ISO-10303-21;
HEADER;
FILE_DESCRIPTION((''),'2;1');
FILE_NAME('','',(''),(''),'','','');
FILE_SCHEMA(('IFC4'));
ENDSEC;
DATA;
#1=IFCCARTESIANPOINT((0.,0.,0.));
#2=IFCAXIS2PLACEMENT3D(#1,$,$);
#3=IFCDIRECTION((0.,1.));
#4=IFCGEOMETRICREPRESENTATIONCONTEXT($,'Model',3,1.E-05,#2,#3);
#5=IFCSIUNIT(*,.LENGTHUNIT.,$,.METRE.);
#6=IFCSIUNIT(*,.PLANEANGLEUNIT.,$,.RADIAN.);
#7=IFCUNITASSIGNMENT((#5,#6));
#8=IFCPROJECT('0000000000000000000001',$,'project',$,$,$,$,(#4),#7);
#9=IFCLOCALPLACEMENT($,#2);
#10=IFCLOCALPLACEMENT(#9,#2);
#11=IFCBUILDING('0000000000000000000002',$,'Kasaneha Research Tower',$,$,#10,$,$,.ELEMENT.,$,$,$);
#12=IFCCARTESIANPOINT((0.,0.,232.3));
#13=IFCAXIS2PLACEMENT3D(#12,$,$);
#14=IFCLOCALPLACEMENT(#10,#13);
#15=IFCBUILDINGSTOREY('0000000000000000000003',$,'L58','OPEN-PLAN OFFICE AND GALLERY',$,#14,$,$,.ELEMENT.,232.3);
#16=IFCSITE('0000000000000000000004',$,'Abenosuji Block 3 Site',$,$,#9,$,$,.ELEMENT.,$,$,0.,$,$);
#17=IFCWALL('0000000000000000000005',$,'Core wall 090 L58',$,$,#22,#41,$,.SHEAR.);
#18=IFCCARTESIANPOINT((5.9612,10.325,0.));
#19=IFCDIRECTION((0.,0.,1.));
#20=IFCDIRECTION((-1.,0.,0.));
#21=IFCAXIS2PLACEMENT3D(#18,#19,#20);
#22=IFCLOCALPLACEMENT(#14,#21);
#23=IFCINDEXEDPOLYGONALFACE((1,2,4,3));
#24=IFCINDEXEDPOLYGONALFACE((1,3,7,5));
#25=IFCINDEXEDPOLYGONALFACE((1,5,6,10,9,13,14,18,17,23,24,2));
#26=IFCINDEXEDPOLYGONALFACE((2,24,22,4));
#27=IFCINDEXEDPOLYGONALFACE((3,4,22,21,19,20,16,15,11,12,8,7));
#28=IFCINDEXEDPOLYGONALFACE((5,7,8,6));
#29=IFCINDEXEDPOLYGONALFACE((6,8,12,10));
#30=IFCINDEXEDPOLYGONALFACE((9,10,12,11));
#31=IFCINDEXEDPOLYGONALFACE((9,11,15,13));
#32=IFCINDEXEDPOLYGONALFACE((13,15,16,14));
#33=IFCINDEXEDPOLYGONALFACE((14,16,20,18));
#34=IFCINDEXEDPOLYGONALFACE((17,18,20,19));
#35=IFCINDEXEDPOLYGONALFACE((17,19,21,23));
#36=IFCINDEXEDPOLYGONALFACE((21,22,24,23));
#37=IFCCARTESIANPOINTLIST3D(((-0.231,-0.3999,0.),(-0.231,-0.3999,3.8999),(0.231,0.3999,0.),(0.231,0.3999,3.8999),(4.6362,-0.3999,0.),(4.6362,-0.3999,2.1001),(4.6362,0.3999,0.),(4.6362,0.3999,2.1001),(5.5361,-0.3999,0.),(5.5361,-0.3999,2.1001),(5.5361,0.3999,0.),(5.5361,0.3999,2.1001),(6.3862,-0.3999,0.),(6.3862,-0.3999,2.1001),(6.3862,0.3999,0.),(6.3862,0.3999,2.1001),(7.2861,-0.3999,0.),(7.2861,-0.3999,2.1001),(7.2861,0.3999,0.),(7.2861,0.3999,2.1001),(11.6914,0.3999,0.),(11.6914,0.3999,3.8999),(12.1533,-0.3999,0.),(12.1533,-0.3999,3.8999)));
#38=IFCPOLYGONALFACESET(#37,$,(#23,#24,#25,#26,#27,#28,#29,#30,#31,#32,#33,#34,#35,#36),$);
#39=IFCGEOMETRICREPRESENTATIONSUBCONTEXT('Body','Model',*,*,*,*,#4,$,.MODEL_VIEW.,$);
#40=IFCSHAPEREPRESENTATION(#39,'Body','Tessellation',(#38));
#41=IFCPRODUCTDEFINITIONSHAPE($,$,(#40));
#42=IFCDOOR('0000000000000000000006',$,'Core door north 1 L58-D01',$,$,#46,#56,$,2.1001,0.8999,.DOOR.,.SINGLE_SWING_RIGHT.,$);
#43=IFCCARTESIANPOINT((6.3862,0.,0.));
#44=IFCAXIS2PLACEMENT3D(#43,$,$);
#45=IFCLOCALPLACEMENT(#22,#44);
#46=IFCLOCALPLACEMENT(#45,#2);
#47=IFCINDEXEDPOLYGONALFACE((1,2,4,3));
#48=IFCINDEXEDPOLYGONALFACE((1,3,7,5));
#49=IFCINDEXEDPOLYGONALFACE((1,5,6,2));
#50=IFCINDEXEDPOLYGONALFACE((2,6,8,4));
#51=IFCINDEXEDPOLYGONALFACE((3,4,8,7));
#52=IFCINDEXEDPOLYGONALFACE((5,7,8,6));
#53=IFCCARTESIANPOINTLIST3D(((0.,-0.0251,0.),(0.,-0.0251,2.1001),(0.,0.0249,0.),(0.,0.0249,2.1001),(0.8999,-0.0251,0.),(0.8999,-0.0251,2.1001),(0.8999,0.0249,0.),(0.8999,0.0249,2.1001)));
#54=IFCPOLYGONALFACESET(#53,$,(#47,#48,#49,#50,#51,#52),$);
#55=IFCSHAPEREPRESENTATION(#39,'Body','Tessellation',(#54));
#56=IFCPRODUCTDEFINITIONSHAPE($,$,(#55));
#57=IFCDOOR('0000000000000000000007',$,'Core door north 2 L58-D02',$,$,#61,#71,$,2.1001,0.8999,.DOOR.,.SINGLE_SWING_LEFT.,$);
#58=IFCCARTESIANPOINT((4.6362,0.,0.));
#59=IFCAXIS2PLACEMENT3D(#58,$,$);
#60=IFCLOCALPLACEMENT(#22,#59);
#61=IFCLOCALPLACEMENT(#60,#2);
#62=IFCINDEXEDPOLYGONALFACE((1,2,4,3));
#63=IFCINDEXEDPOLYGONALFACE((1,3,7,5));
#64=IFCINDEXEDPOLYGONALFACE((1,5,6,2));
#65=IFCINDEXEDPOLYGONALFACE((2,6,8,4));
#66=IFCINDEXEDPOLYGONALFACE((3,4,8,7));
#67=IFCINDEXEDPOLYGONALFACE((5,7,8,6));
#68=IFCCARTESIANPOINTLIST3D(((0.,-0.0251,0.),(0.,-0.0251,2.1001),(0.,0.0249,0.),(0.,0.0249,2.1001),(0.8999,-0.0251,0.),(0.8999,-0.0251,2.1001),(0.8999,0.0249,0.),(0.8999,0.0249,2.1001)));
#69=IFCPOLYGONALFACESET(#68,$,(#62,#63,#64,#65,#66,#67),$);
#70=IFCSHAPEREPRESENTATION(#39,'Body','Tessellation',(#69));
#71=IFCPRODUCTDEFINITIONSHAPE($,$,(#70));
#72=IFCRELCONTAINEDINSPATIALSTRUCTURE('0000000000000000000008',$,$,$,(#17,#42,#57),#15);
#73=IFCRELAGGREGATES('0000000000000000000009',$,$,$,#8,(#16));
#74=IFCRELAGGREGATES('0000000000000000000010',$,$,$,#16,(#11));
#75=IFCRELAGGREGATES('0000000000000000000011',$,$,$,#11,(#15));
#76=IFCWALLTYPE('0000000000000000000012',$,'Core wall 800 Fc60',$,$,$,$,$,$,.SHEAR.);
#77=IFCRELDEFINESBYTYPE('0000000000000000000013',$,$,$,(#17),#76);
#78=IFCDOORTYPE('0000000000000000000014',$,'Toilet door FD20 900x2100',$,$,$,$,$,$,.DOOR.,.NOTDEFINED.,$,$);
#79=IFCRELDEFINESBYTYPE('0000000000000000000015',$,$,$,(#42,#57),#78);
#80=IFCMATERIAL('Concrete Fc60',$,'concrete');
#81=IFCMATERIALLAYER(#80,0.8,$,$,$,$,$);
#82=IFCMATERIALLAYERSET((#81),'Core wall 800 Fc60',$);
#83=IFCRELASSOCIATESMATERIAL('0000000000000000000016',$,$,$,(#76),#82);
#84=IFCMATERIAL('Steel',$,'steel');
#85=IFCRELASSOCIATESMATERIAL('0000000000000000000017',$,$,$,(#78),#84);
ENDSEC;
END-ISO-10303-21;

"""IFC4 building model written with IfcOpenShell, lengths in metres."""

from ifc_helpers import new_model, si_unit, direction, frame, frame_2d, origin, place, context, subcontext, project, spatial, polyline, rectangle, outline, extrude, material, layer, layer_set, type_object, element, fill, save


model = new_model("IFC4")

# Units and contexts
model_context = context("Model", 3, precision=1e-05, world=origin(), true_north=direction((0.0, 1.0)))
body_context = subcontext(model_context, "Body", "Model", "MODEL_VIEW")
ifc_project = project(units=[si_unit("LENGTHUNIT", "METRE"), si_unit("PLANEANGLEUNIT", "RADIAN")], contexts=[model_context])

# Site, building, storey
site_placement = place(None, origin())
site = spatial("IfcSite", under=ifc_project, at=site_placement, Name="Abenosuji Block 3 Site", CompositionType="ELEMENT", RefElevation=0.0)
building_placement = place(site_placement, origin())
building = spatial("IfcBuilding", under=site, at=building_placement, Name="Kasaneha Research Tower", CompositionType="ELEMENT")
storey_placement = place(building_placement, frame((0.0, 0.0, 232.3)))
storey = spatial("IfcBuildingStorey", under=building, at=storey_placement, Name="L58", Description="OPEN-PLAN OFFICE AND GALLERY", CompositionType="ELEMENT", Elevation=232.3)

# Wall, openings, doors
ifc_material_1 = material(Name="Concrete Fc60", Category="concrete")
ifc_layer_1 = layer(ifc_material_1, 0.8)
ifc_layer_set_1 = layer_set([ifc_layer_1], Name="Core wall 800 Fc60")
wall_type_1 = type_object("IfcWallType", Name="Core wall 800 Fc60", PredefinedType="SHEAR", material=ifc_layer_set_1)
wall_1_placement = place(storey_placement, frame((5.9612, 10.325, 0.0), z_axis=(0.0, 0.0, 1.0), x_axis=(-1.0, 0.0, 0.0)))
wall_1 = element("IfcWall", 1, at=wall_1_placement, inside=storey, type_object=wall_type_1, Name="Core wall 090 L58", PredefinedType="SHEAR", context=body_context, shape_type="SweptSolid", body=[
    extrude(outline(polyline([(-0.231, -0.3999), (4.6362, -0.3999), (5.5361, -0.3999), (6.3862, -0.3999), (7.2861, -0.3999), (12.1533, -0.3999), (11.6914, 0.3999), (7.2861, 0.3999), (6.3862, 0.3999), (5.5361, 0.3999), (4.6362, 0.3999), (0.231, 0.3999), (-0.231, -0.3999)])), origin(), (0.0, 0.0, 1.0), 3.8999),
])
opening_1_placement = place(wall_1_placement, frame((6.3862, 0.0, 0.0)))
opening_1 = element("IfcOpeningElement", 2, at=opening_1_placement, cuts=wall_1, PredefinedType="OPENING", context=body_context, shape_type="SweptSolid", body=[
    extrude(rectangle(XDim=0.8999, YDim=2.1001, at=frame_2d((0.45, 1.05))), frame((0.0, 0.4102, 0.0), z_axis=(0.0, -1.0, 0.0), x_axis=(1.0, 0.0, 0.0)), (0.0, 0.0, 1.0), 0.8201),
])
opening_2_placement = place(wall_1_placement, frame((4.6362, 0.0, 0.0)))
opening_2 = element("IfcOpeningElement", 3, at=opening_2_placement, cuts=wall_1, PredefinedType="OPENING", context=body_context, shape_type="SweptSolid", body=[
    extrude(rectangle(XDim=0.8999, YDim=2.1001, at=frame_2d((0.45, 1.05))), frame((0.0, 0.4102, 0.0), z_axis=(0.0, -1.0, 0.0), x_axis=(1.0, 0.0, 0.0)), (0.0, 0.0, 1.0), 0.8201),
])
ifc_material_2 = material(Name="Steel", Category="steel")
door_type_1 = type_object("IfcDoorType", Name="Toilet door FD20 900x2100", OperationType="NOTDEFINED", PredefinedType="DOOR", material=ifc_material_2)
door_1_placement = place(opening_1_placement, origin())
door_1 = element("IfcDoor", 4, at=door_1_placement, inside=storey, type_object=door_type_1, Name="Core door north 1 L58-D01", OperationType="SINGLE_SWING_RIGHT", OverallHeight=2.1001, OverallWidth=0.8999, PredefinedType="DOOR", context=body_context, shape_type="SweptSolid", body=[
    extrude(rectangle(XDim=0.8999, YDim=2.1001, at=frame_2d((0.45, 1.05))), frame((0.0, 0.0249, 0.0), z_axis=(0.0, -1.0, 0.0), x_axis=(1.0, 0.0, 0.0)), (0.0, 0.0, 1.0), 0.05),
])
fill(opening_1, door_1)
door_2_placement = place(opening_2_placement, origin())
door_2 = element("IfcDoor", 5, at=door_2_placement, inside=storey, type_object=door_type_1, Name="Core door north 2 L58-D02", OperationType="SINGLE_SWING_LEFT", OverallHeight=2.1001, OverallWidth=0.8999, PredefinedType="DOOR", context=body_context, shape_type="SweptSolid", body=[
    extrude(rectangle(XDim=0.8999, YDim=2.1001, at=frame_2d((0.45, 1.05))), frame((0.0, 0.0249, 0.0), z_axis=(0.0, -1.0, 0.0), x_axis=(1.0, 0.0, 0.0)), (0.0, 0.0, 1.0), 0.05),
])
fill(opening_2, door_2)

save(model, "model.ifc")
